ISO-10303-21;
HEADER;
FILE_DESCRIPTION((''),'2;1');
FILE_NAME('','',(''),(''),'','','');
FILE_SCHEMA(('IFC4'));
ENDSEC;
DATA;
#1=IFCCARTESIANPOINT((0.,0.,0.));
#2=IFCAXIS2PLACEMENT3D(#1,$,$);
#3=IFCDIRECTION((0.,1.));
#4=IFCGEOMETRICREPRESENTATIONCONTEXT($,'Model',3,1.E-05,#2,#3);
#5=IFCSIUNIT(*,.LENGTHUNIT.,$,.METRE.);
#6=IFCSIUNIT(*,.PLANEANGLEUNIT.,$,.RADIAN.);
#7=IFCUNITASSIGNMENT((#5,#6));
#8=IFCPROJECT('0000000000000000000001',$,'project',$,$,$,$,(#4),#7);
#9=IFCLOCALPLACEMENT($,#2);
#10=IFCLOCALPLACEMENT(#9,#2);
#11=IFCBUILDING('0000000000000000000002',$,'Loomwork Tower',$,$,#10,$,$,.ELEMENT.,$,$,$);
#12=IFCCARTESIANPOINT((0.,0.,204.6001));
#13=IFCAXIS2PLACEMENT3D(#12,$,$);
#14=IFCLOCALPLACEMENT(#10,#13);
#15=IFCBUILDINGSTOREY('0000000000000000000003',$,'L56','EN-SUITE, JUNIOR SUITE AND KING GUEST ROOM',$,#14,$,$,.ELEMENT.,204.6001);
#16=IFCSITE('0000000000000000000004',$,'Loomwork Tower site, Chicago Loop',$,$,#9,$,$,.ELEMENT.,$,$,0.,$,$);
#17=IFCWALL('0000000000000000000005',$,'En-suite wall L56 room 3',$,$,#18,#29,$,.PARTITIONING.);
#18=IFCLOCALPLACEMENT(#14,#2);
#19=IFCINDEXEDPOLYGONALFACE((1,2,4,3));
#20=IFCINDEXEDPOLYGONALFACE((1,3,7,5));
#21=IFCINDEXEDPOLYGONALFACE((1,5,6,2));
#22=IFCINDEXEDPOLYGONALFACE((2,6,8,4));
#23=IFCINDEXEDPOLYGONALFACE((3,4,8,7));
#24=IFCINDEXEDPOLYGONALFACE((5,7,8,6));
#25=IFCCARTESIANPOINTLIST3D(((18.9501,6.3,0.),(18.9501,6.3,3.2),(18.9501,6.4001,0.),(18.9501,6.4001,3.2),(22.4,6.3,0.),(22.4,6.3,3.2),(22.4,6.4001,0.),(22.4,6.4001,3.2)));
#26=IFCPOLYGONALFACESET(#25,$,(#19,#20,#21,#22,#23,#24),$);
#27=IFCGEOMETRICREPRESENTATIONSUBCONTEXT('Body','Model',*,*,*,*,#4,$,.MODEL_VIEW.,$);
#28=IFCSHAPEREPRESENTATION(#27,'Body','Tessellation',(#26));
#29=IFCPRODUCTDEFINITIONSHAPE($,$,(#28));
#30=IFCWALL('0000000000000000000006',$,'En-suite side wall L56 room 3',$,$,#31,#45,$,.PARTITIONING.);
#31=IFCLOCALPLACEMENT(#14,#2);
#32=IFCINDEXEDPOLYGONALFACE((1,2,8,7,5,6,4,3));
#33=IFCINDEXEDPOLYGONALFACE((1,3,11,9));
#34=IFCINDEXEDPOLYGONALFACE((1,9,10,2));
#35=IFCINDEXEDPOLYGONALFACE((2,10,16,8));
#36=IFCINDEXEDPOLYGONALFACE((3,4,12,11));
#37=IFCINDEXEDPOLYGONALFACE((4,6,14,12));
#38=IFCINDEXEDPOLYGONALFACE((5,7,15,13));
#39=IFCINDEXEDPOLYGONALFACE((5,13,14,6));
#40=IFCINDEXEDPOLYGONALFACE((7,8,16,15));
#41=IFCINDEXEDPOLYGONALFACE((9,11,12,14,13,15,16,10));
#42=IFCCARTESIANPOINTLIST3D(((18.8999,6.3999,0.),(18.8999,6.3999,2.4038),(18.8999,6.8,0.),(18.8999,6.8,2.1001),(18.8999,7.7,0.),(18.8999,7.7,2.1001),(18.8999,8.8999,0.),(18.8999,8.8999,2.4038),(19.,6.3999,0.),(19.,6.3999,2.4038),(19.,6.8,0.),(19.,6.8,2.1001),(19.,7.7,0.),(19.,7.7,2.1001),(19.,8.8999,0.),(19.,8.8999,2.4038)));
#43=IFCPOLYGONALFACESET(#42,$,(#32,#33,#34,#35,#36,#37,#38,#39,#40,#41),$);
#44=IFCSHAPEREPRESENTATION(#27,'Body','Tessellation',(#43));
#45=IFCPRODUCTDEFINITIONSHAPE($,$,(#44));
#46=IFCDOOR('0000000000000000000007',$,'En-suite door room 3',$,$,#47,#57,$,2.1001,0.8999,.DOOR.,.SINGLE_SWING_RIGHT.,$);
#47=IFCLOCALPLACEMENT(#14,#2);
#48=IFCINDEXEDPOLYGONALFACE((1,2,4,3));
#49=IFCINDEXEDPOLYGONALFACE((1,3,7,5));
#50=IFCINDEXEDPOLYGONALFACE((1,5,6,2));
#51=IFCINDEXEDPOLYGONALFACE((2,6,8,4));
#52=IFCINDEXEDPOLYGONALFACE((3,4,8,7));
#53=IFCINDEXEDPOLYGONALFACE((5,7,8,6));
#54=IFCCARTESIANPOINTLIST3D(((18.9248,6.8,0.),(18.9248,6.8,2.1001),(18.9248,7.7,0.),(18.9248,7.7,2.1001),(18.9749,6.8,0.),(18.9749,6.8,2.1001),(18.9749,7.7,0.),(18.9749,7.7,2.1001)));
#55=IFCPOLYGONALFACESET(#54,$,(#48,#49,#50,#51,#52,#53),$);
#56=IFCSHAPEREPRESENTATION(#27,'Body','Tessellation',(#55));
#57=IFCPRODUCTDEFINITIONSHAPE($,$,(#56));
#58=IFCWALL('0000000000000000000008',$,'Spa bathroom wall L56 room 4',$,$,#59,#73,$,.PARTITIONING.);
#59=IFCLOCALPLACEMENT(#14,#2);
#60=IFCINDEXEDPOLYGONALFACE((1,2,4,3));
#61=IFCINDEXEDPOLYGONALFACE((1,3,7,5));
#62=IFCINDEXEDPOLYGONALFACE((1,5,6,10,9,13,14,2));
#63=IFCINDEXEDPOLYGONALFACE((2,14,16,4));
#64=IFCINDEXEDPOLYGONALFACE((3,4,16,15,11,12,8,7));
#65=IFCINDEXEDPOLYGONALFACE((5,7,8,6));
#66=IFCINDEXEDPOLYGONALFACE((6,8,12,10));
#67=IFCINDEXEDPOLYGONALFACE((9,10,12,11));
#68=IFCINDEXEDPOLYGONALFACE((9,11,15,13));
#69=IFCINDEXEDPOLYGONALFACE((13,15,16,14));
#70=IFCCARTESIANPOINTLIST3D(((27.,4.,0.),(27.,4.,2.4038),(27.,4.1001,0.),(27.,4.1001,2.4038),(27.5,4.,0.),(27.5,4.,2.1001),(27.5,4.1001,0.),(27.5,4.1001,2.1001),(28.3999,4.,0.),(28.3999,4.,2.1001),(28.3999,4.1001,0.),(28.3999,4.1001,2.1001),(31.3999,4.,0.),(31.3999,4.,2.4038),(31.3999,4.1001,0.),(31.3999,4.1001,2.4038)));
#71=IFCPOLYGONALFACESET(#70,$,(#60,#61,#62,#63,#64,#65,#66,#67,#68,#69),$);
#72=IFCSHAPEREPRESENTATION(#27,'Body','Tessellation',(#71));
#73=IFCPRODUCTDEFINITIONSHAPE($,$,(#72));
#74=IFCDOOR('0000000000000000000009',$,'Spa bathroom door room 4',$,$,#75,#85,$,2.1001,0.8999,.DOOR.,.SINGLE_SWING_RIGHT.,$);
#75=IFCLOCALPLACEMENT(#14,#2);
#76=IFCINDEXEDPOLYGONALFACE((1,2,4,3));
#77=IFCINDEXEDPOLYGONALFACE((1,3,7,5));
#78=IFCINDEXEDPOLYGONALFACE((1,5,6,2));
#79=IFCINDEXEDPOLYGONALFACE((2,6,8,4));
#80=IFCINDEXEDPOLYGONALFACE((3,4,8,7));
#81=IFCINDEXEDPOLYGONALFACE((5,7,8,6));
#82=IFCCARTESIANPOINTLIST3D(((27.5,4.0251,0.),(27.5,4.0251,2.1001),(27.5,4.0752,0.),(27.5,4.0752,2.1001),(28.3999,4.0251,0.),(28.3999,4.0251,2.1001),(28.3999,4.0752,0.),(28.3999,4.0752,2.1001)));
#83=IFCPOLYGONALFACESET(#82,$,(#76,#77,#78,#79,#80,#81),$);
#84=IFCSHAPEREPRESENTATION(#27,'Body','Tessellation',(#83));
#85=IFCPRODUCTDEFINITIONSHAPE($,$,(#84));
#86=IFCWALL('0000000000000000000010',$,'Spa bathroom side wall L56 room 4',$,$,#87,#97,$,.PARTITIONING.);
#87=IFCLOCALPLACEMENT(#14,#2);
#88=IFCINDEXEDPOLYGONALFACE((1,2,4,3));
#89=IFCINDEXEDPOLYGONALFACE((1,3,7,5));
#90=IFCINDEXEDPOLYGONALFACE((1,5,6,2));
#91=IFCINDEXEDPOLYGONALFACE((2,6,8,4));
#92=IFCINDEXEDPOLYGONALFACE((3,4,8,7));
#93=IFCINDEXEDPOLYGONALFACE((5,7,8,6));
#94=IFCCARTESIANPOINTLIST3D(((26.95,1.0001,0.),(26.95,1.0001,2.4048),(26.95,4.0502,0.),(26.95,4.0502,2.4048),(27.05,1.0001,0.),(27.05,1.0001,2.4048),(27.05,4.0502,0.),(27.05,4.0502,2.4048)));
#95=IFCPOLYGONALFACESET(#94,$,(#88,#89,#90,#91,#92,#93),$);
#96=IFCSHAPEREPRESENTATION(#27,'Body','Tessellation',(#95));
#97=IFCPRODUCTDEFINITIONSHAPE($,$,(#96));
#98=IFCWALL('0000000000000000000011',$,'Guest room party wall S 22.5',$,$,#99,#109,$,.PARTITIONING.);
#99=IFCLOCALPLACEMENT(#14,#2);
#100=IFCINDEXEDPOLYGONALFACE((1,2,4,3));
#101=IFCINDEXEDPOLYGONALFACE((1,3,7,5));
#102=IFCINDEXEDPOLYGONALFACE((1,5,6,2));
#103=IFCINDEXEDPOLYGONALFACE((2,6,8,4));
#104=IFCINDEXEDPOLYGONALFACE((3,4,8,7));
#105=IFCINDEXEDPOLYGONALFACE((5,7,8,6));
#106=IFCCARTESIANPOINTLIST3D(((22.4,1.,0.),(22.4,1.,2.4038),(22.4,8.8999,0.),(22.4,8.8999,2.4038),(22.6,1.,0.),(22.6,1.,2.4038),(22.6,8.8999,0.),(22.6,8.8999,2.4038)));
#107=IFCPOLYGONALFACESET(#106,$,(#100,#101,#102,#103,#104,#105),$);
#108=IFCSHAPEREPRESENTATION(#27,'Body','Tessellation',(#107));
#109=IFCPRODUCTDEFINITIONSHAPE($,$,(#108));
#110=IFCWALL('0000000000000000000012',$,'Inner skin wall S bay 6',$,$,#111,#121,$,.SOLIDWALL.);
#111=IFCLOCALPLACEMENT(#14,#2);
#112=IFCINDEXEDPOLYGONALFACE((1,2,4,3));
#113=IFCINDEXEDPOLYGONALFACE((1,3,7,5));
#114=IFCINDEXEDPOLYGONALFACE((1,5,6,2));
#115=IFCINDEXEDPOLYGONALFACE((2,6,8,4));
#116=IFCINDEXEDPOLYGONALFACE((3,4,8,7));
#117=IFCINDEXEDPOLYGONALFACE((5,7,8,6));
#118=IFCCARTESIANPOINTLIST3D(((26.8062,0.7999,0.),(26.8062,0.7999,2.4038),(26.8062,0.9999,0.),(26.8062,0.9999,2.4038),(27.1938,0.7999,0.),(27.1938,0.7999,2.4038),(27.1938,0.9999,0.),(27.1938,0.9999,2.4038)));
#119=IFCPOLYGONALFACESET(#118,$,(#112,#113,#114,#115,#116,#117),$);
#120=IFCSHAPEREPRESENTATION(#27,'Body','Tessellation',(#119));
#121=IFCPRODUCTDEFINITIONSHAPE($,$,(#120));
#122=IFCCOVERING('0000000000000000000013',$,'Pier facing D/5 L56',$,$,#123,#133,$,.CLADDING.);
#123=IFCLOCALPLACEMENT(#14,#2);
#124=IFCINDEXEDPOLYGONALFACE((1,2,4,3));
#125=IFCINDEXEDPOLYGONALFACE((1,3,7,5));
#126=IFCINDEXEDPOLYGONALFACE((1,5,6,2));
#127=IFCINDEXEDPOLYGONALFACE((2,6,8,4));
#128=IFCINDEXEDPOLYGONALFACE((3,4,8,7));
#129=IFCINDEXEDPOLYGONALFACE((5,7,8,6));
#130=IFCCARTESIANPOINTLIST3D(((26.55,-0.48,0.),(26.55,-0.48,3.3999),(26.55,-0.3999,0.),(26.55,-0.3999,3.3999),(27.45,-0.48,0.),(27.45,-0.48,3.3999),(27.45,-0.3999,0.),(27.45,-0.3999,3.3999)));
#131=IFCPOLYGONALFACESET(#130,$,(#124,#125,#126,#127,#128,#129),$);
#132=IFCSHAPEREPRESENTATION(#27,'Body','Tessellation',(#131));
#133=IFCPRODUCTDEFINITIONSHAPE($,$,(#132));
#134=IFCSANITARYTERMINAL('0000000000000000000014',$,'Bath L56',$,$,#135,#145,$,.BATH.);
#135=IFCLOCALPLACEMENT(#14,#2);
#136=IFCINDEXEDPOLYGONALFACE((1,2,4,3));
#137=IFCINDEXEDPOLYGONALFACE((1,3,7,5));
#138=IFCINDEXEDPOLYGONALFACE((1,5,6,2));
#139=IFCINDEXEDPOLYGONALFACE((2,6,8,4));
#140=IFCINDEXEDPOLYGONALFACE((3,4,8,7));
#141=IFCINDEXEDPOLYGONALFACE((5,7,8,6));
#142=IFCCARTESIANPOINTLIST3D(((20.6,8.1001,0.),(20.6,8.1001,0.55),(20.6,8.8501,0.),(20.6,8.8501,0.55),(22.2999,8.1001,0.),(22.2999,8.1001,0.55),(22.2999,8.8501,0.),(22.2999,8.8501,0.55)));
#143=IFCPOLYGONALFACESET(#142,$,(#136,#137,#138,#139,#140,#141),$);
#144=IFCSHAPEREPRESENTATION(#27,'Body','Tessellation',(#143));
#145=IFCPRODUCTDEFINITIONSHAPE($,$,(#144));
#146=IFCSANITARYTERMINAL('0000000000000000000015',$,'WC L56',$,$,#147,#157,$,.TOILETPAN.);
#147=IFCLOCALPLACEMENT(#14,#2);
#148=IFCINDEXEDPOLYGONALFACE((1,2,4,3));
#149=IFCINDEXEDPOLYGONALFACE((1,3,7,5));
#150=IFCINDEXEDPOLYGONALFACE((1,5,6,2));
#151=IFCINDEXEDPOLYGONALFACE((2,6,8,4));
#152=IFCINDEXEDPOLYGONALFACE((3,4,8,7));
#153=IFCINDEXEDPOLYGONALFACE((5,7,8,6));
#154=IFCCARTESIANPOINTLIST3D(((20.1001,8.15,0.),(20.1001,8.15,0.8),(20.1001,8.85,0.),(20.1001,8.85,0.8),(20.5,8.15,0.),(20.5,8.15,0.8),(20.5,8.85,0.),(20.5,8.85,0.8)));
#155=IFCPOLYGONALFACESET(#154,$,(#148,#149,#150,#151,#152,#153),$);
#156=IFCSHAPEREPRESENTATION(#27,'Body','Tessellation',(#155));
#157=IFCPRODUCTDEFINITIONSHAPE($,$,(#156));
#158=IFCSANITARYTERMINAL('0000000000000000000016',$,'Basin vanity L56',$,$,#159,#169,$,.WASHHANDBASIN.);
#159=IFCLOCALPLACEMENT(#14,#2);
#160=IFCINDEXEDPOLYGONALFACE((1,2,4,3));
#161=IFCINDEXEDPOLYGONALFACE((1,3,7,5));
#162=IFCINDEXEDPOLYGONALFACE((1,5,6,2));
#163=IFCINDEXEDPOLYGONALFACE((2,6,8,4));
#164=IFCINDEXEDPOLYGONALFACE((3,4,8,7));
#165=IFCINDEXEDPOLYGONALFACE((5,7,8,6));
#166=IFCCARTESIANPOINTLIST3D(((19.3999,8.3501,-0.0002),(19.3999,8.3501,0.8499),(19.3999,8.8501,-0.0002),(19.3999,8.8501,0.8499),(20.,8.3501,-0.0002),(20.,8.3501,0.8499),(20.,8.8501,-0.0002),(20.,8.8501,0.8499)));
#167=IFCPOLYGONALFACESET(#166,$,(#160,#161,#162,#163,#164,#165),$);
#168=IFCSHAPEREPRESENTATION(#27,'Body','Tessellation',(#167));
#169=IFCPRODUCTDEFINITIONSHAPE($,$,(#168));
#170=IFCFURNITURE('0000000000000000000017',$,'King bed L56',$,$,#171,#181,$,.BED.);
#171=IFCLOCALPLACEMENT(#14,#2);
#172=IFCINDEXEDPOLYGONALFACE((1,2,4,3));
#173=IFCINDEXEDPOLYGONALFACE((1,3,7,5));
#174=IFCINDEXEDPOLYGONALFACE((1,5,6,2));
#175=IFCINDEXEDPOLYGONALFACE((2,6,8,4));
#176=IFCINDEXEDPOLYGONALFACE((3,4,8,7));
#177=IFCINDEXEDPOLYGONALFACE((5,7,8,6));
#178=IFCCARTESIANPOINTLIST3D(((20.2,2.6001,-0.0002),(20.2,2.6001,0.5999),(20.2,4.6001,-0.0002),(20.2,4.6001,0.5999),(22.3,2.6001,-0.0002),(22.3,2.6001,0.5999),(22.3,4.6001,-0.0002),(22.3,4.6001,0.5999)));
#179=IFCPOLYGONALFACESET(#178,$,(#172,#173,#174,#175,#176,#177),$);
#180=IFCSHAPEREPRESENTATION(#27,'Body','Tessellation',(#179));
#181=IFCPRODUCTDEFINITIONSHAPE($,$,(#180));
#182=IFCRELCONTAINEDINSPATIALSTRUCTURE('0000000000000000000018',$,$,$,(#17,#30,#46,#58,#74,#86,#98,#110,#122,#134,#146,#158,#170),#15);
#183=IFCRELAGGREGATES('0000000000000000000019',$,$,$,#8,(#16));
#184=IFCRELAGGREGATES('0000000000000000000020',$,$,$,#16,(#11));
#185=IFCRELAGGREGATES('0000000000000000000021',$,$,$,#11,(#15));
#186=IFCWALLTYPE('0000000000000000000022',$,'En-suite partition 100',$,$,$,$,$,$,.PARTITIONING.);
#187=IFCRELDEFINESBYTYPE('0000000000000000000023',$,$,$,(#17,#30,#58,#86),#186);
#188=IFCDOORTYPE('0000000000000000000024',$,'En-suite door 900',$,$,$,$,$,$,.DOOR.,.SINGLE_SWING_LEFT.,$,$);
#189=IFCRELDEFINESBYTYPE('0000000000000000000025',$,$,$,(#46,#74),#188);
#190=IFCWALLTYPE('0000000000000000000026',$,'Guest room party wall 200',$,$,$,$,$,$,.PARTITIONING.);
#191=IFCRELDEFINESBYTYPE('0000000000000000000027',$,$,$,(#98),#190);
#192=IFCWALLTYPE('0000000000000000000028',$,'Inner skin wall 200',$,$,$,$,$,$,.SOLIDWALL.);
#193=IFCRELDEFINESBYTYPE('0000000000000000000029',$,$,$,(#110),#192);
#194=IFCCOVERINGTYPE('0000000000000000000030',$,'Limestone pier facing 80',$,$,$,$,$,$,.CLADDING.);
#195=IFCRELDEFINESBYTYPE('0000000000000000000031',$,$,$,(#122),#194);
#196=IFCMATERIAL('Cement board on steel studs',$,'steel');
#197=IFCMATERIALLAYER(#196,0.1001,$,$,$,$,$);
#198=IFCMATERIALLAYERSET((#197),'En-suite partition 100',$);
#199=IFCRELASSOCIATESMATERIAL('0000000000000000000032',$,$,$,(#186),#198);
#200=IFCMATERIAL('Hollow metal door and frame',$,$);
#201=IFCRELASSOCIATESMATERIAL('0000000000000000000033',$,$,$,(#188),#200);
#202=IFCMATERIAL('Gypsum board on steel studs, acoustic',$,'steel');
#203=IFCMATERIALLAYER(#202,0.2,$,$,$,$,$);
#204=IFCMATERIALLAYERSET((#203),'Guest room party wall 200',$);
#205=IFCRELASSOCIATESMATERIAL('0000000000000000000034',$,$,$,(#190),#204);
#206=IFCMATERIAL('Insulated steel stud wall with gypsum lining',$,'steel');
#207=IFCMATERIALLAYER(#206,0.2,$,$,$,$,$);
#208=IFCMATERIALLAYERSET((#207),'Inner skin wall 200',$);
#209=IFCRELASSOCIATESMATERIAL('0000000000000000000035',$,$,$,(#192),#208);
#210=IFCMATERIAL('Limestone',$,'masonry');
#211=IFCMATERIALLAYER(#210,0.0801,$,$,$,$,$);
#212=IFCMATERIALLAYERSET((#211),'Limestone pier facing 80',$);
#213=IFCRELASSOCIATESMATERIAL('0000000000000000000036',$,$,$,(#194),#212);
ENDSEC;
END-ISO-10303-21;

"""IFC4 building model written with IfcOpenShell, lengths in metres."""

from ifc_helpers import new_model, si_unit, direction, frame, frame_2d, origin, origin_2d, place, context, subcontext, project, spatial, rectangle, extrude, material, layer, layer_set, type_object, element, fill, save


model = new_model("IFC4")

# Units and contexts
model_context = context("Model", 3, precision=1e-05, world=origin(), true_north=direction((0.0, 1.0)))
body_context = subcontext(model_context, "Body", "Model", "MODEL_VIEW")
ifc_project = project(units=[si_unit("LENGTHUNIT", "METRE"), si_unit("PLANEANGLEUNIT", "RADIAN")], contexts=[model_context])

# Site, building, storey
site_placement = place(None, origin())
site = spatial("IfcSite", under=ifc_project, at=site_placement, Name="Loomwork Tower site, Chicago Loop", CompositionType="ELEMENT", RefElevation=0.0)
building_placement = place(site_placement, origin())
building = spatial("IfcBuilding", under=site, at=building_placement, Name="Loomwork Tower", CompositionType="ELEMENT")
storey_placement = place(building_placement, frame((0.0, 0.0, 204.6001)))
storey = spatial("IfcBuildingStorey", under=building, at=storey_placement, Name="L56", Description="EN-SUITE, JUNIOR SUITE AND KING GUEST ROOM", CompositionType="ELEMENT", Elevation=204.6001)

# Wall
ifc_material_1 = material(Name="Cement board on steel studs", Category="steel")
ifc_layer_1 = layer(ifc_material_1, 0.1001)
ifc_layer_set_1 = layer_set([ifc_layer_1], Name="En-suite partition 100")
wall_type_1 = type_object("IfcWallType", Name="En-suite partition 100", PredefinedType="PARTITIONING", material=ifc_layer_set_1)
wall_1_placement = place(storey_placement, frame((18.95, 6.3501, 0.0), z_axis=(0.0, 0.0, 1.0), x_axis=(1.0, 0.0, 0.0)))
element("IfcWall", 1, at=wall_1_placement, inside=storey, type_object=wall_type_1, Name="En-suite wall L56 room 3", PredefinedType="PARTITIONING", context=body_context, shape_type="SweptSolid", body=[
    extrude(rectangle(XDim=3.45, YDim=0.1001, at=frame_2d((1.7251, 0.0))), origin(), (0.0, 0.0, 1.0), 3.2),
])

# Walls, openings, doors
wall_2_placement = place(storey_placement, frame((18.95, 8.8999, 0.0), z_axis=(0.0, 0.0, 1.0), x_axis=(0.0, -1.0, 0.0)))
wall_2 = element("IfcWall", 2, at=wall_2_placement, inside=storey, type_object=wall_type_1, Name="En-suite side wall L56 room 3", PredefinedType="PARTITIONING", context=body_context, shape_type="SweptSolid", body=[
    extrude(rectangle(XDim=2.5, YDim=0.1001, at=frame_2d((1.25, 0.0))), origin(), (0.0, 0.0, 1.0), 2.4038),
])
opening_1_placement = place(wall_2_placement, frame((1.2, 0.0, 0.0)))
opening_1 = element("IfcOpeningElement", 3, at=opening_1_placement, cuts=wall_2, PredefinedType="OPENING", context=body_context, shape_type="SweptSolid", body=[
    extrude(rectangle(XDim=0.8999, YDim=2.1001, at=frame_2d((0.45, 1.05))), frame((0.0, 0.0601, 0.0), z_axis=(0.0, -1.0, 0.0), x_axis=(1.0, 0.0, 0.0)), (0.0, 0.0, 1.0), 0.1201),
])
ifc_material_2 = material(Name="Hollow metal door and frame")
door_type_1 = type_object("IfcDoorType", Name="En-suite door 900", OperationType="SINGLE_SWING_LEFT", PredefinedType="DOOR", material=ifc_material_2)
door_1_placement = place(opening_1_placement, origin())
door_1 = element("IfcDoor", 4, at=door_1_placement, inside=storey, type_object=door_type_1, Name="En-suite door room 3", OperationType="SINGLE_SWING_RIGHT", OverallHeight=2.1001, OverallWidth=0.8999, PredefinedType="DOOR", context=body_context, shape_type="SweptSolid", body=[
    extrude(rectangle(XDim=0.8999, YDim=2.1001, at=frame_2d((0.45, 1.05))), frame((0.0, 0.0249, 0.0), z_axis=(0.0, -1.0, 0.0), x_axis=(1.0, 0.0, 0.0)), (0.0, 0.0, 1.0), 0.05),
])
fill(opening_1, door_1)
wall_3_placement = place(storey_placement, frame((27.0, 4.05, 0.0), z_axis=(0.0, 0.0, 1.0), x_axis=(1.0, 0.0, 0.0)))
wall_3 = element("IfcWall", 5, at=wall_3_placement, inside=storey, type_object=wall_type_1, Name="Spa bathroom wall L56 room 4", PredefinedType="PARTITIONING", context=body_context, shape_type="SweptSolid", body=[
    extrude(rectangle(XDim=4.3999, YDim=0.1001, at=frame_2d((2.2, 0.0))), origin(), (0.0, 0.0, 1.0), 2.4038),
])
opening_2_placement = place(wall_3_placement, frame((0.5, 0.0, 0.0)))
opening_2 = element("IfcOpeningElement", 6, at=opening_2_placement, cuts=wall_3, PredefinedType="OPENING", context=body_context, shape_type="SweptSolid", body=[
    extrude(rectangle(XDim=0.8999, YDim=2.1001, at=frame_2d((0.45, 1.05))), frame((0.0, 0.0601, 0.0), z_axis=(0.0, -1.0, 0.0), x_axis=(1.0, 0.0, 0.0)), (0.0, 0.0, 1.0), 0.1201),
])
door_2_placement = place(opening_2_placement, frame((0.8999, 0.0, 0.0), z_axis=(0.0, 0.0, 1.0), x_axis=(-1.0, 0.0, 0.0)))
door_2 = element("IfcDoor", 7, at=door_2_placement, inside=storey, type_object=door_type_1, Name="Spa bathroom door room 4", OperationType="SINGLE_SWING_RIGHT", OverallHeight=2.1001, OverallWidth=0.8999, PredefinedType="DOOR", context=body_context, shape_type="SweptSolid", body=[
    extrude(rectangle(XDim=0.8999, YDim=2.1001, at=frame_2d((0.45, 1.05))), frame((0.0, 0.0249, 0.0), z_axis=(0.0, -1.0, 0.0), x_axis=(1.0, 0.0, 0.0)), (0.0, 0.0, 1.0), 0.05),
])
fill(opening_2, door_2)

# Walls
wall_4_placement = place(storey_placement, frame((27.0, 4.05, 0.0), z_axis=(0.0, 0.0, 1.0), x_axis=(0.0, -1.0, 0.0)))
element("IfcWall", 8, at=wall_4_placement, inside=storey, type_object=wall_type_1, Name="Spa bathroom side wall L56 room 4", PredefinedType="PARTITIONING", context=body_context, shape_type="SweptSolid", body=[
    extrude(rectangle(XDim=3.05, YDim=0.1001, at=frame_2d((1.5249, 0.0))), origin(), (0.0, 0.0, 1.0), 2.4048),
])
ifc_material_3 = material(Name="Gypsum board on steel studs, acoustic", Category="steel")
ifc_layer_2 = layer(ifc_material_3, 0.2)
ifc_layer_set_2 = layer_set([ifc_layer_2], Name="Guest room party wall 200")
wall_type_2 = type_object("IfcWallType", Name="Guest room party wall 200", PredefinedType="PARTITIONING", material=ifc_layer_set_2)
wall_5_placement = place(storey_placement, frame((22.5, 8.8999, 0.0), z_axis=(0.0, 0.0, 1.0), x_axis=(0.0, -1.0, 0.0)))
element("IfcWall", 9, at=wall_5_placement, inside=storey, type_object=wall_type_2, Name="Guest room party wall S 22.5", PredefinedType="PARTITIONING", context=body_context, shape_type="SweptSolid", body=[
    extrude(rectangle(XDim=7.8999, YDim=0.2, at=frame_2d((3.95, 0.0))), origin(), (0.0, 0.0, 1.0), 2.4038),
])
ifc_material_4 = material(Name="Insulated steel stud wall with gypsum lining", Category="steel")
ifc_layer_3 = layer(ifc_material_4, 0.2)
ifc_layer_set_3 = layer_set([ifc_layer_3], Name="Inner skin wall 200")
wall_type_3 = type_object("IfcWallType", Name="Inner skin wall 200", PredefinedType="SOLIDWALL", material=ifc_layer_set_3)
wall_6_placement = place(storey_placement, frame((26.8062, 0.8999, 0.0), z_axis=(0.0, 0.0, 1.0), x_axis=(1.0, 0.0, 0.0)))
element("IfcWall", 10, at=wall_6_placement, inside=storey, type_object=wall_type_3, Name="Inner skin wall S bay 6", PredefinedType="SOLIDWALL", context=body_context, shape_type="SweptSolid", body=[
    extrude(rectangle(XDim=0.3877, YDim=0.2, at=frame_2d((0.1938, 0.0))), origin(), (0.0, 0.0, 1.0), 2.4038),
])

# Covering
ifc_material_5 = material(Name="Limestone", Category="masonry")
ifc_layer_4 = layer(ifc_material_5, 0.0801)
ifc_layer_set_4 = layer_set([ifc_layer_4], Name="Limestone pier facing 80")
covering_type = type_object("IfcCoveringType", Name="Limestone pier facing 80", PredefinedType="CLADDING", material=ifc_layer_set_4)
covering_placement = place(storey_placement, frame((27.0, -0.4399, 0.0), z_axis=(0.0, 0.0, 1.0), x_axis=(1.0, 0.0, 0.0)))
element("IfcCovering", 11, at=covering_placement, inside=storey, type_object=covering_type, Name="Pier facing D/5 L56", PredefinedType="CLADDING", context=body_context, shape_type="SweptSolid", body=[
    extrude(rectangle(XDim=0.8999, YDim=0.0801, at=origin_2d()), origin(), (0.0, 0.0, 1.0), 3.3999),
])

# Sanitary terminals
sanitary_terminal_1_placement = place(storey_placement, frame((21.45, 8.4751, 0.0), z_axis=(0.0, 0.0, 1.0), x_axis=(1.0, 0.0, 0.0)))
element("IfcSanitaryTerminal", 12, at=sanitary_terminal_1_placement, inside=storey, Name="Bath L56", PredefinedType="BATH", context=body_context, shape_type="SweptSolid", body=[
    extrude(rectangle(XDim=1.7, YDim=0.75, at=origin_2d()), origin(), (0.0, 0.0, 1.0), 0.55),
])
sanitary_terminal_2_placement = place(storey_placement, frame((20.3, 8.5, 0.0), z_axis=(0.0, 0.0, 1.0), x_axis=(1.0, 0.0, 0.0)))
element("IfcSanitaryTerminal", 13, at=sanitary_terminal_2_placement, inside=storey, Name="WC L56", PredefinedType="TOILETPAN", context=body_context, shape_type="SweptSolid", body=[
    extrude(rectangle(XDim=0.3999, YDim=0.7, at=origin_2d()), origin(), (0.0, 0.0, 1.0), 0.8),
])
sanitary_terminal_3_placement = place(storey_placement, frame((19.7, 8.6001, -0.0002), z_axis=(0.0, 0.0, 1.0), x_axis=(1.0, 0.0, 0.0)))
element("IfcSanitaryTerminal", 14, at=sanitary_terminal_3_placement, inside=storey, Name="Basin vanity L56", PredefinedType="WASHHANDBASIN", context=body_context, shape_type="SweptSolid", body=[
    extrude(rectangle(XDim=0.6001, YDim=0.5, at=origin_2d()), origin(), (0.0, 0.0, 1.0), 0.8501),
])

# Furniture
for number, where, z_axis, x_axis, name in (
    (15, (21.25, 3.6001, -0.0002), (0.0, 0.0, 1.0), (1.0, 0.0, 0.0), "King bed L56"),
):
    element("IfcFurniture", number, at=place(storey_placement, frame(where, z_axis=z_axis, x_axis=x_axis)), inside=storey, Name=name, PredefinedType="BED", context=body_context, shape_type="SweptSolid", body=[
        extrude(rectangle(XDim=2.1001, YDim=2.0, at=origin_2d()), origin(), (0.0, 0.0, 1.0), 0.6001),
    ])

save(model, "model.ifc")
